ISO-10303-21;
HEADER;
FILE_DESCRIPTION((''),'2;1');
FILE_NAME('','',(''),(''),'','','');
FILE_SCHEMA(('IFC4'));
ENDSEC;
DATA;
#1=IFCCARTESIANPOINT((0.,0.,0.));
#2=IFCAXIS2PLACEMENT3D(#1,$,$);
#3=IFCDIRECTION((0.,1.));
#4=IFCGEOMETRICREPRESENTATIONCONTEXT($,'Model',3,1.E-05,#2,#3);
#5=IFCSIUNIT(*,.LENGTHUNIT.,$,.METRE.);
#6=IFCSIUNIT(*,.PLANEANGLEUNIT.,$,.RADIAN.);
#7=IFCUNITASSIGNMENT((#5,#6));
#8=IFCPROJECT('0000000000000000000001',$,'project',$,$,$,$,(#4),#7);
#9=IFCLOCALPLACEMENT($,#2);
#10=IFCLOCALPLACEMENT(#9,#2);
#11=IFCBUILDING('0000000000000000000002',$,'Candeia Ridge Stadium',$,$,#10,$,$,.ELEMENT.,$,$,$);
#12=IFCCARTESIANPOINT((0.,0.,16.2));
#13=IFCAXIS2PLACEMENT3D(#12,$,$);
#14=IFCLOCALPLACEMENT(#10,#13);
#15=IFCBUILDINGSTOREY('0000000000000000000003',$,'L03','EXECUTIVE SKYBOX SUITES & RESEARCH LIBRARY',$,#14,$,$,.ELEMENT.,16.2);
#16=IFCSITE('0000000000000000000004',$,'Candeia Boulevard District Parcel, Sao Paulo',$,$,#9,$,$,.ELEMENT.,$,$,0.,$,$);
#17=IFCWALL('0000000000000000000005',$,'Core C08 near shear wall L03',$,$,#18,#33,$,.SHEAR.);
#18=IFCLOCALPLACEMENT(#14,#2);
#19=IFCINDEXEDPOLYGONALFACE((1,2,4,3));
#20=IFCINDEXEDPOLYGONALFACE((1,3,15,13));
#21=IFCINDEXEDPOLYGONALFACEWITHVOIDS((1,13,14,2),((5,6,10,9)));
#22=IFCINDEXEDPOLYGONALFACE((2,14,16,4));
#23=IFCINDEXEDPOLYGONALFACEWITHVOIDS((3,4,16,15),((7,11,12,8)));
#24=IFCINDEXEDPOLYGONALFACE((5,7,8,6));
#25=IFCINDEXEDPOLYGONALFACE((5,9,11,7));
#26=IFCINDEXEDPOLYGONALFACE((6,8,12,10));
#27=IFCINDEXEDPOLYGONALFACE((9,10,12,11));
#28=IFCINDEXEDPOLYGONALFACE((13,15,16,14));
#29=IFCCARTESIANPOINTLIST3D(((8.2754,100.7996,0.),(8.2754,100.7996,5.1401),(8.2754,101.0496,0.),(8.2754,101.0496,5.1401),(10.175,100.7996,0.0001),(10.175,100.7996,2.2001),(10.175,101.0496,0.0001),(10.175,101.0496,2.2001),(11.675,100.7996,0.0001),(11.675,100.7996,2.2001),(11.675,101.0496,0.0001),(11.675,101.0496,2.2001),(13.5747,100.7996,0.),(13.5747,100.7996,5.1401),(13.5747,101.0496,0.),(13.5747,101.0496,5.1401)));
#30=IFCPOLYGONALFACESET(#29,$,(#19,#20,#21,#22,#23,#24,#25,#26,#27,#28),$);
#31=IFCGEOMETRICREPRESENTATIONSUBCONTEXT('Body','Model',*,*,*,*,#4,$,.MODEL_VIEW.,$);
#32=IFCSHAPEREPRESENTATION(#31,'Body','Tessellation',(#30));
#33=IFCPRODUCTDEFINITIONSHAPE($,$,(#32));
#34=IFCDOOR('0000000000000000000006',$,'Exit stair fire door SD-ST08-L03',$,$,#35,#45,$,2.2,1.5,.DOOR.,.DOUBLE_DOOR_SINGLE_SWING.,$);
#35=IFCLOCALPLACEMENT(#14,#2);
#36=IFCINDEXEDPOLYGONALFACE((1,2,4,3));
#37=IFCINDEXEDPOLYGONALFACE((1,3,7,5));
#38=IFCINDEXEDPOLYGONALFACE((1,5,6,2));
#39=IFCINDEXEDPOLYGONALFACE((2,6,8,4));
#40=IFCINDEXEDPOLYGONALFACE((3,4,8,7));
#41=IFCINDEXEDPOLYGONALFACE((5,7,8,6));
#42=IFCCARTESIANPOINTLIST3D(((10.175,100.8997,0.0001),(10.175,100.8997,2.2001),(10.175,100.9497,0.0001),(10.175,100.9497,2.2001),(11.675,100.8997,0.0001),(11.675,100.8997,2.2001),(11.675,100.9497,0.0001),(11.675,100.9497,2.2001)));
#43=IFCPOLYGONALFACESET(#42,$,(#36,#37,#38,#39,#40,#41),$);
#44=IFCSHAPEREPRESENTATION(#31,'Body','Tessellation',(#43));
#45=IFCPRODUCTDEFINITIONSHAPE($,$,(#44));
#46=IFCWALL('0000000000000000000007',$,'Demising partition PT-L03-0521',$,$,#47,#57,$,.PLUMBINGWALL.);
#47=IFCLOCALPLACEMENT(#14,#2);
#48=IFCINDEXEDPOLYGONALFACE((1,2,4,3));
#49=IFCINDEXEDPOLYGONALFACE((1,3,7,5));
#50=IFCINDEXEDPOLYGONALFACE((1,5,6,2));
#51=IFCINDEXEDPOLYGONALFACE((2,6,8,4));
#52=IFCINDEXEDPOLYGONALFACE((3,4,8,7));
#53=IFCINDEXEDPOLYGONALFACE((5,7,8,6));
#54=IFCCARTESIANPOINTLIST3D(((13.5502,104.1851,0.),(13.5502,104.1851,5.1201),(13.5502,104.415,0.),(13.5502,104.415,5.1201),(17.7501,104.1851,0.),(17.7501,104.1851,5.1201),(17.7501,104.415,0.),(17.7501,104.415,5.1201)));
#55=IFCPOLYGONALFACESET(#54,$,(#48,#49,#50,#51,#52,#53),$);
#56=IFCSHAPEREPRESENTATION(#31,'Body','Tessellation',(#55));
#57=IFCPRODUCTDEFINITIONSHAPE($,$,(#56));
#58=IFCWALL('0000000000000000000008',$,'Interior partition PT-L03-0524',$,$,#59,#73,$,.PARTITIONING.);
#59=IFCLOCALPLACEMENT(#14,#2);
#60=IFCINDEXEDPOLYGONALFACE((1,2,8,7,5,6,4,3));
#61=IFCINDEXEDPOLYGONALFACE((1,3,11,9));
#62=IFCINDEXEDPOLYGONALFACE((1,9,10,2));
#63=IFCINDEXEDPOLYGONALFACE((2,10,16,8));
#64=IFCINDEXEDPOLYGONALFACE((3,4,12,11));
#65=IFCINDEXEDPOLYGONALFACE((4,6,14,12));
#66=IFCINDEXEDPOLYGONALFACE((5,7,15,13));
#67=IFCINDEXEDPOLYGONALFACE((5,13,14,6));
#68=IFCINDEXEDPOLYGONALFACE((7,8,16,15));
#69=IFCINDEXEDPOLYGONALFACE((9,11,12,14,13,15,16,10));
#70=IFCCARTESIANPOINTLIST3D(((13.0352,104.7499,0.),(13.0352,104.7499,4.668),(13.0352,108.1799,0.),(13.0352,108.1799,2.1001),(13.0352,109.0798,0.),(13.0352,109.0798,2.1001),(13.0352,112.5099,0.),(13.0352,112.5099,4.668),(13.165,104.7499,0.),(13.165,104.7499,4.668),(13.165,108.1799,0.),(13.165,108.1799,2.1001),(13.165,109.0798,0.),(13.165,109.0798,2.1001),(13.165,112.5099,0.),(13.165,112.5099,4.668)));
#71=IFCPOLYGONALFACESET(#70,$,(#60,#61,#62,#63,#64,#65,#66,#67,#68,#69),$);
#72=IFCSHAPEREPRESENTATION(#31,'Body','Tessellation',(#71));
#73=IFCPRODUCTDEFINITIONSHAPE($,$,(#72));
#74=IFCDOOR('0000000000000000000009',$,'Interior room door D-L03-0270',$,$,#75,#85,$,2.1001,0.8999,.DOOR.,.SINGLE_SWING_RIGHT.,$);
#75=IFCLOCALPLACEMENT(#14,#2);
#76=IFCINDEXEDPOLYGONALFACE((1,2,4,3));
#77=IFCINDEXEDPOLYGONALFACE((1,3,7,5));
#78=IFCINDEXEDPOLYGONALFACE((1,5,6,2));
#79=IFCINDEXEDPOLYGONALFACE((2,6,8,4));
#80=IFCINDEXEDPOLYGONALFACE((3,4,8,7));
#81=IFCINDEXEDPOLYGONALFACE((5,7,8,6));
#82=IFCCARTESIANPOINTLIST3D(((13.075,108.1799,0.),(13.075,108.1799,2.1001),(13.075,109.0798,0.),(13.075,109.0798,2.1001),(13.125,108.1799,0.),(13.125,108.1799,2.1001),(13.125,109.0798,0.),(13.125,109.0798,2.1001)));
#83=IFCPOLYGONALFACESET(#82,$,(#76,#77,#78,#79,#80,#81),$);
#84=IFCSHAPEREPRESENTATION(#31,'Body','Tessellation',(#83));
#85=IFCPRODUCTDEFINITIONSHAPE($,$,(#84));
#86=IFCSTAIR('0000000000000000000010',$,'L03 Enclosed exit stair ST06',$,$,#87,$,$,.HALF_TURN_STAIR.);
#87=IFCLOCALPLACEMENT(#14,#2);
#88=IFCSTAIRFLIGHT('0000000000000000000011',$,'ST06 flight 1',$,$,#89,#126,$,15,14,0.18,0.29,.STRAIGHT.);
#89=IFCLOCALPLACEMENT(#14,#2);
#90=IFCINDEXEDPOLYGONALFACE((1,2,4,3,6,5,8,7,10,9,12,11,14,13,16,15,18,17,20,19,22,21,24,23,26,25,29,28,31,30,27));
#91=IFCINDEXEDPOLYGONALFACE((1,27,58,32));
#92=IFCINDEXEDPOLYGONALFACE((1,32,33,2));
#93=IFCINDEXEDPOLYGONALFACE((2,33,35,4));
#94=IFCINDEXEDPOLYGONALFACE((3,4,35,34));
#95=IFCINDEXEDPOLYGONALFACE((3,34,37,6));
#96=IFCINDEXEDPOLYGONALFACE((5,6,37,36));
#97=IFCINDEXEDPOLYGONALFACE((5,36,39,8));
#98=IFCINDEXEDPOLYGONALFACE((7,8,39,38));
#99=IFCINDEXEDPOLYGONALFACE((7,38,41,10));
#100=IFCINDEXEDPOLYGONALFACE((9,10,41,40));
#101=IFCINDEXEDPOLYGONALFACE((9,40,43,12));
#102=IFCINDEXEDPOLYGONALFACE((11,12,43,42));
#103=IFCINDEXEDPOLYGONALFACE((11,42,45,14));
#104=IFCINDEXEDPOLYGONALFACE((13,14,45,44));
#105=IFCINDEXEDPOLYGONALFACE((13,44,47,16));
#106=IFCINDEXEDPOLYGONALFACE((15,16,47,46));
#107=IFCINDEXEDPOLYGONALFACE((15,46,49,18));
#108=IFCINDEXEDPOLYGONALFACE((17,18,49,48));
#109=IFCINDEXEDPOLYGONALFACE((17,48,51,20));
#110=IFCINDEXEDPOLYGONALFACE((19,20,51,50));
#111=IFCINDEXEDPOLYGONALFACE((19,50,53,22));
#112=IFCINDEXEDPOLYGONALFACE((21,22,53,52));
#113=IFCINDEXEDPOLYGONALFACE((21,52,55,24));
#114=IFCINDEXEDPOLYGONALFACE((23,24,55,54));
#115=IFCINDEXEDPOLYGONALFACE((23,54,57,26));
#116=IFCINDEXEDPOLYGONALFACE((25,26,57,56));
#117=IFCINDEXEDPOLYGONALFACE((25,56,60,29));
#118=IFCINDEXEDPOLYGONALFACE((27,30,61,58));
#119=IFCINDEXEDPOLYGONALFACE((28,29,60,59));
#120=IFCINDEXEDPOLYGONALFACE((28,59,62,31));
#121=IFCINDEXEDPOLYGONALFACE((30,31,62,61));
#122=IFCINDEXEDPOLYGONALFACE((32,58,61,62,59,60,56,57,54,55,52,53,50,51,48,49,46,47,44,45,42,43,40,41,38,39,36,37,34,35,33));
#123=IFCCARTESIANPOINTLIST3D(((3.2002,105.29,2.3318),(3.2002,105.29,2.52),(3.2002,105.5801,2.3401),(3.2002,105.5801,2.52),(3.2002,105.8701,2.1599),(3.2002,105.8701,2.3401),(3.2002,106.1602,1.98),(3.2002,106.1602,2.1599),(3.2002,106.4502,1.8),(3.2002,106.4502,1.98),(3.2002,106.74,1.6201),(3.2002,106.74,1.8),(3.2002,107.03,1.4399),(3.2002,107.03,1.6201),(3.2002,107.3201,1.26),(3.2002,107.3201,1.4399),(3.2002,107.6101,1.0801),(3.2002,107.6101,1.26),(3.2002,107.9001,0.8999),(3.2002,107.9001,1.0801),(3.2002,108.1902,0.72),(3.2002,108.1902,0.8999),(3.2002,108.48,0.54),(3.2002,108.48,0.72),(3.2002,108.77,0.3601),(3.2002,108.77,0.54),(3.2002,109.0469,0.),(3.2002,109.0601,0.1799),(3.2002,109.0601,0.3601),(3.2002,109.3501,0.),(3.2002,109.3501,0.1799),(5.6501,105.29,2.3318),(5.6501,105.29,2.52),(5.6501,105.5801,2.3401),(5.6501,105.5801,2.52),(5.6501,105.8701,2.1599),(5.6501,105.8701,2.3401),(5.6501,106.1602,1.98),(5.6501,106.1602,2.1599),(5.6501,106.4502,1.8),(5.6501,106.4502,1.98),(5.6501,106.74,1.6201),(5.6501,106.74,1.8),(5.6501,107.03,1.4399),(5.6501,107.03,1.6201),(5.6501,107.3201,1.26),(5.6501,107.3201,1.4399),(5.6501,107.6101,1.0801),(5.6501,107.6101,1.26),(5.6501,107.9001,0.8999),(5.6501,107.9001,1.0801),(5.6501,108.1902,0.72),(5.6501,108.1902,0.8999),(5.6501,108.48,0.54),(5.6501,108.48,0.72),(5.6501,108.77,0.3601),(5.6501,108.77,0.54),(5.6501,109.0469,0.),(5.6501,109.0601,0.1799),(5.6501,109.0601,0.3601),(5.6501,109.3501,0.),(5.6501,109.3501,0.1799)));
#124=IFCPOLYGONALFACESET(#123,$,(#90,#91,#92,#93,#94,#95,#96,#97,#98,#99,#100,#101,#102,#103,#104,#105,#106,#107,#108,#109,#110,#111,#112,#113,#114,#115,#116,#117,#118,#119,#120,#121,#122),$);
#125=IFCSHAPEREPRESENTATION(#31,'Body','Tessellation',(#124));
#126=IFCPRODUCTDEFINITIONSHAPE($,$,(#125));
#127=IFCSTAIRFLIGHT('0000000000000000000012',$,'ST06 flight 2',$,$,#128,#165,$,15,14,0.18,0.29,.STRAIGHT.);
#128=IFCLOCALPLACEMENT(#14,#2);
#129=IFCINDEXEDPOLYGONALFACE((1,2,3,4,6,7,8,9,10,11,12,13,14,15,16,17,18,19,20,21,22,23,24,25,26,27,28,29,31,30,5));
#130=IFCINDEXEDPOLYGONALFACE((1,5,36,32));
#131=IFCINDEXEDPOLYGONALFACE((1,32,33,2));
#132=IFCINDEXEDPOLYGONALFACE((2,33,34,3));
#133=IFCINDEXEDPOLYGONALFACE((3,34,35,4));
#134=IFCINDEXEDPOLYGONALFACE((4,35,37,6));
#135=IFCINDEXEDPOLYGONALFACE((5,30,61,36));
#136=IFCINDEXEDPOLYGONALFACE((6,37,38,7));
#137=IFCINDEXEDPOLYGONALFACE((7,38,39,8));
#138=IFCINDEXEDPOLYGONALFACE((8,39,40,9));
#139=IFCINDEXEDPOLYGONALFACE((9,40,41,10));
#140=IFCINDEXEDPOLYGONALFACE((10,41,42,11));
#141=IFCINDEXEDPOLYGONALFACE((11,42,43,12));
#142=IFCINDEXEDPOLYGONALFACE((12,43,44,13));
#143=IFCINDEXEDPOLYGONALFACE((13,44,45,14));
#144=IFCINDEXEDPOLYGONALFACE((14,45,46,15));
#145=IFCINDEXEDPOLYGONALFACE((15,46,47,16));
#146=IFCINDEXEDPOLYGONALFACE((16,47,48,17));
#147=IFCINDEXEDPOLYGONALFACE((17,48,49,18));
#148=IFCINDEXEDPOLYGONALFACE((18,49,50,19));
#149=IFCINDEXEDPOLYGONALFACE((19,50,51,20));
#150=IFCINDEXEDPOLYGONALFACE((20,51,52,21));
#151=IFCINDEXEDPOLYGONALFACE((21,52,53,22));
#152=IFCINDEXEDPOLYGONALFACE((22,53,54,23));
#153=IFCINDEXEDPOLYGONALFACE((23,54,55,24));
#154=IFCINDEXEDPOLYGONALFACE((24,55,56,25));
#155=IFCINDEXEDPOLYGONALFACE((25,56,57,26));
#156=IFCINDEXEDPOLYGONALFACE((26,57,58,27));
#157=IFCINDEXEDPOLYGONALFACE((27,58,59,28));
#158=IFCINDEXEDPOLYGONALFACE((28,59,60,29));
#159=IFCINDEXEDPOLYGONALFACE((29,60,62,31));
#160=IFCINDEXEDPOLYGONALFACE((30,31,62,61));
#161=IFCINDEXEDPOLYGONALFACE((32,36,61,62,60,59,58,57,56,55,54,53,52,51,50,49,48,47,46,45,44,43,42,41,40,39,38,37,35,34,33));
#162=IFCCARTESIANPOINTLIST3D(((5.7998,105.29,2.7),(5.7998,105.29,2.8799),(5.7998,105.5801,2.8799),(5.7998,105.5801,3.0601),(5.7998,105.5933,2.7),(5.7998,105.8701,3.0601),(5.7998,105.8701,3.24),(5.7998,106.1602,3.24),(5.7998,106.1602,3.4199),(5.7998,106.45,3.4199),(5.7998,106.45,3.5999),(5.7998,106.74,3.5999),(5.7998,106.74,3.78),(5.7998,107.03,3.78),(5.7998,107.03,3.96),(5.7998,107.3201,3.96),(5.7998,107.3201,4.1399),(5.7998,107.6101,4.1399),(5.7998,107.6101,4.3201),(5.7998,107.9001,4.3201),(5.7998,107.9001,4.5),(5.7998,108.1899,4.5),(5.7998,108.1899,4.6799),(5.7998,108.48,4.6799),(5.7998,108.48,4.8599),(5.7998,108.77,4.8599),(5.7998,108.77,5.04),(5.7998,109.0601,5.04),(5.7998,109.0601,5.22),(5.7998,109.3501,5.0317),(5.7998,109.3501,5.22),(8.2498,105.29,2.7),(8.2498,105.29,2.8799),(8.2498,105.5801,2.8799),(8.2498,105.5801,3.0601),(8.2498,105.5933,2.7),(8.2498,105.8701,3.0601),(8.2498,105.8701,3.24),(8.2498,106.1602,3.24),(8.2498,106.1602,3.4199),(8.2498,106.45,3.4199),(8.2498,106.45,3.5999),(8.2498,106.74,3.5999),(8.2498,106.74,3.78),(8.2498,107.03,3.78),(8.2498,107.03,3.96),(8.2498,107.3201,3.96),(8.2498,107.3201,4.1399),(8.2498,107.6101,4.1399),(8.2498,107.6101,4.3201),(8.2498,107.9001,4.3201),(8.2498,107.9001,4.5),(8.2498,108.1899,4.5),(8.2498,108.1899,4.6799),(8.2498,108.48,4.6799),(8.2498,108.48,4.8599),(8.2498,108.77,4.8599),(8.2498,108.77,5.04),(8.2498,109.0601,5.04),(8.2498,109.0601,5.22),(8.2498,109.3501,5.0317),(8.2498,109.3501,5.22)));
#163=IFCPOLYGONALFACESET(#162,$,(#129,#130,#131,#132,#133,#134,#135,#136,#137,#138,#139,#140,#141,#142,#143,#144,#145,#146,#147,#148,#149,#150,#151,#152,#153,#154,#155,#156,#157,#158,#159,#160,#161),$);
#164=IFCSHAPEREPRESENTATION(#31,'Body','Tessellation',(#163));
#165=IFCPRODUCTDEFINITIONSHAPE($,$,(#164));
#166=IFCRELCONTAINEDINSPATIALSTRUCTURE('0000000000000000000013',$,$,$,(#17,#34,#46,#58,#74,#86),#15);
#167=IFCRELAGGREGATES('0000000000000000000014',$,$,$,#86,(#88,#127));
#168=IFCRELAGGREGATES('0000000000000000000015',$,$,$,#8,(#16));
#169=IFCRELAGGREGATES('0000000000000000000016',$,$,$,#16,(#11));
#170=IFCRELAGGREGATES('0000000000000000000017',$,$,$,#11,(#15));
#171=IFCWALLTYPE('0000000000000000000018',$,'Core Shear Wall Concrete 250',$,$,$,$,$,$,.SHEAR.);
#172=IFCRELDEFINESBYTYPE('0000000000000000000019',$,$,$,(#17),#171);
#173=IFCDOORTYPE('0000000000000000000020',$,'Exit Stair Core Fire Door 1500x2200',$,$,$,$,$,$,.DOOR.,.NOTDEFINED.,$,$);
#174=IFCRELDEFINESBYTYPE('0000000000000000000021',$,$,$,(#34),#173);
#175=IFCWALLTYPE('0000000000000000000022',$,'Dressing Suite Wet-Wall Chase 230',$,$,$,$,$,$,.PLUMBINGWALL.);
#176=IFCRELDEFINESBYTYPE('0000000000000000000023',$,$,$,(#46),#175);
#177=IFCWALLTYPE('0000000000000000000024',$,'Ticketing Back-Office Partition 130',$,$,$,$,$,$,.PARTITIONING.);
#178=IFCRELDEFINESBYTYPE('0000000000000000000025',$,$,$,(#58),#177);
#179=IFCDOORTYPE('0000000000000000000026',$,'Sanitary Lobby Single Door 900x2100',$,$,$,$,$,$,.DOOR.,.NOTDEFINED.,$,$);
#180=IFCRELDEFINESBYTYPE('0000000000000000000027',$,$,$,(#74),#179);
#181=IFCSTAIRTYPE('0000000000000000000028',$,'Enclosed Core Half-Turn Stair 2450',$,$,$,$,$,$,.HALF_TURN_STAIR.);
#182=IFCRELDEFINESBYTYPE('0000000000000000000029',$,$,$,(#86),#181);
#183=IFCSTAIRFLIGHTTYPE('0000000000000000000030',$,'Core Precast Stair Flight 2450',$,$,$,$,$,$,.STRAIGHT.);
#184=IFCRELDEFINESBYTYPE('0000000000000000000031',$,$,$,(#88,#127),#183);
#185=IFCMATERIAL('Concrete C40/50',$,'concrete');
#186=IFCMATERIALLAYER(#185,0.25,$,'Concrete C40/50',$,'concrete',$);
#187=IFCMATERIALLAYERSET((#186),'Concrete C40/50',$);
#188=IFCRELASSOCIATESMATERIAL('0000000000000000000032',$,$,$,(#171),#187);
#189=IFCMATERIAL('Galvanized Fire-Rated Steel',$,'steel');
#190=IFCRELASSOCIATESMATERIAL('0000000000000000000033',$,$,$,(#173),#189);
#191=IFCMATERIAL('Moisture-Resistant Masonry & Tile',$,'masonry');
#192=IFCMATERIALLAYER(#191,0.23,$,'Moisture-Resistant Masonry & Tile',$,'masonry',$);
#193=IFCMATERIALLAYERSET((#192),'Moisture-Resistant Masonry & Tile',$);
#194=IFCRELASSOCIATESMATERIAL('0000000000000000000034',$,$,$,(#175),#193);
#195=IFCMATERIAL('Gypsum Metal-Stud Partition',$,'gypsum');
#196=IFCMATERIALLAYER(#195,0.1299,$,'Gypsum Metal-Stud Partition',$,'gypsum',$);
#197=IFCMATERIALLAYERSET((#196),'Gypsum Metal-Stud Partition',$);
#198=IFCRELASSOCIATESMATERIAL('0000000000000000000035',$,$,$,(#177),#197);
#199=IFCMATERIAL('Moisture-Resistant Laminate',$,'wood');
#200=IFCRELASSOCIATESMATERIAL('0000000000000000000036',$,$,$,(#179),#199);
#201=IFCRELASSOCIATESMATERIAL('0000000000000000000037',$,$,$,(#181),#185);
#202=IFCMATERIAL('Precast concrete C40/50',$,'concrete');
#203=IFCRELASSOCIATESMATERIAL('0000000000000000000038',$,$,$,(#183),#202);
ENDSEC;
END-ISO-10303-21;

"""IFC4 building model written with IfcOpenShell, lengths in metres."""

from ifc_helpers import new_model, si_unit, direction, frame, frame_2d, origin, place, context, subcontext, project, spatial, polyline, rectangle, outline, extrude, material, layer, layer_set, type_object, element, fill, aggregate, save


model = new_model("IFC4")

# Units and contexts
model_context = context("Model", 3, precision=1e-05, world=origin(), true_north=direction((0.0, 1.0)))
body_context = subcontext(model_context, "Body", "Model", "MODEL_VIEW")
ifc_project = project(units=[si_unit("LENGTHUNIT", "METRE"), si_unit("PLANEANGLEUNIT", "RADIAN")], contexts=[model_context])

# Site, building, storey
site_placement = place(None, origin())
site = spatial("IfcSite", under=ifc_project, at=site_placement, Name="Candeia Boulevard District Parcel, Sao Paulo", CompositionType="ELEMENT", RefElevation=0.0)
building_placement = place(site_placement, origin())
building = spatial("IfcBuilding", under=site, at=building_placement, Name="Candeia Ridge Stadium", CompositionType="ELEMENT")
storey_placement = place(building_placement, frame((0.0, 0.0, 16.2)))
storey = spatial("IfcBuildingStorey", under=building, at=storey_placement, Name="L03", Description="EXECUTIVE SKYBOX SUITES & RESEARCH LIBRARY", CompositionType="ELEMENT", Elevation=16.2)

# Shared definitions
ifc_material_1 = material(Name="Concrete C40/50", Category="concrete")

# Shared definitions
ifc_material_2 = material(Name="Gypsum Metal-Stud Partition", Category="gypsum")
ifc_layer_1 = layer(ifc_material_1, 0.25, Name="Concrete C40/50", Category="concrete")
ifc_layer_set_1 = layer_set([ifc_layer_1], Name="Concrete C40/50")
wall_type_1 = type_object("IfcWallType", Name="Core Shear Wall Concrete 250", PredefinedType="SHEAR", material=ifc_layer_set_1)

# Wall, opening, door
wall_1_placement = place(storey_placement, frame((13.5747, 100.9246, 0.0), z_axis=(0.0, 0.0, 1.0), x_axis=(-1.0, 0.0, 0.0)))
wall_1 = element("IfcWall", 1, at=wall_1_placement, inside=storey, type_object=wall_type_1, Name="Core C08 near shear wall L03", PredefinedType="SHEAR", context=body_context, shape_type="SweptSolid", body=[
    extrude(rectangle(XDim=5.2993, YDim=0.25, at=frame_2d((2.6497, 0.0))), origin(), (0.0, 0.0, 1.0), 5.1401),
])
opening_1_placement = place(wall_1_placement, frame((1.8997, 0.0, 0.0)))
opening_1 = element("IfcOpeningElement", 2, at=opening_1_placement, cuts=wall_1, PredefinedType="OPENING", context=body_context, shape_type="SweptSolid", body=[
    extrude(rectangle(XDim=1.5, YDim=2.2, at=frame_2d((0.75, 1.1001))), frame((0.0, 0.135, 0.0), z_axis=(0.0, -1.0, 0.0), x_axis=(1.0, 0.0, 0.0)), (0.0, 0.0, 1.0), 0.27),
])
ifc_material_3 = material(Name="Galvanized Fire-Rated Steel", Category="steel")
door_type_1 = type_object("IfcDoorType", Name="Exit Stair Core Fire Door 1500x2200", OperationType="NOTDEFINED", PredefinedType="DOOR", material=ifc_material_3)
door_1_placement = place(opening_1_placement, origin())
door_1 = element("IfcDoor", 3, at=door_1_placement, inside=storey, type_object=door_type_1, Name="Exit stair fire door SD-ST08-L03", OperationType="DOUBLE_DOOR_SINGLE_SWING", OverallHeight=2.2, OverallWidth=1.5, PredefinedType="DOOR", context=body_context, shape_type="SweptSolid", body=[
    extrude(rectangle(XDim=1.5, YDim=2.2, at=frame_2d((0.75, 1.1001))), frame((0.0, 0.0249, 0.0), z_axis=(0.0, -1.0, 0.0), x_axis=(1.0, 0.0, 0.0)), (0.0, 0.0, 1.0), 0.05),
])
fill(opening_1, door_1)

# Wall
ifc_material_4 = material(Name="Moisture-Resistant Masonry & Tile", Category="masonry")
ifc_layer_2 = layer(ifc_material_4, 0.23, Name="Moisture-Resistant Masonry & Tile", Category="masonry")
ifc_layer_set_2 = layer_set([ifc_layer_2], Name="Moisture-Resistant Masonry & Tile")
wall_type_2 = type_object("IfcWallType", Name="Dressing Suite Wet-Wall Chase 230", PredefinedType="PLUMBINGWALL", material=ifc_layer_set_2)
wall_2_placement = place(storey_placement, frame((13.55, 104.3, 0.0), z_axis=(0.0, 0.0, 1.0), x_axis=(1.0, 0.0, 0.0)))
element("IfcWall", 4, at=wall_2_placement, inside=storey, type_object=wall_type_2, Name="Demising partition PT-L03-0521", PredefinedType="PLUMBINGWALL", context=body_context, shape_type="SweptSolid", body=[
    extrude(rectangle(XDim=4.2, YDim=0.23, at=frame_2d((2.1001, 0.0))), origin(), (0.0, 0.0, 1.0), 5.1201),
])

# Wall, opening, door
ifc_layer_3 = layer(ifc_material_2, 0.1299, Name="Gypsum Metal-Stud Partition", Category="gypsum")
ifc_layer_set_3 = layer_set([ifc_layer_3], Name="Gypsum Metal-Stud Partition")
wall_type_3 = type_object("IfcWallType", Name="Ticketing Back-Office Partition 130", PredefinedType="PARTITIONING", material=ifc_layer_set_3)
wall_3_placement = place(storey_placement, frame((13.1001, 104.75, 0.0), z_axis=(0.0, 0.0, 1.0), x_axis=(0.0, 1.0, 0.0)))
wall_3 = element("IfcWall", 5, at=wall_3_placement, inside=storey, type_object=wall_type_3, Name="Interior partition PT-L03-0524", PredefinedType="PARTITIONING", context=body_context, shape_type="SweptSolid", body=[
    extrude(rectangle(XDim=7.76, YDim=0.1299, at=frame_2d((3.8799, 0.0))), origin(), (0.0, 0.0, 1.0), 4.668),
])
opening_2_placement = place(wall_3_placement, frame((3.4299, 0.0, 0.0)))
opening_2 = element("IfcOpeningElement", 6, at=opening_2_placement, cuts=wall_3, PredefinedType="OPENING", context=body_context, shape_type="SweptSolid", body=[
    extrude(rectangle(XDim=0.8999, YDim=2.1001, at=frame_2d((0.45, 1.05))), frame((0.0, 0.075, 0.0), z_axis=(0.0, -1.0, 0.0), x_axis=(1.0, 0.0, 0.0)), (0.0, 0.0, 1.0), 0.1499),
])
ifc_material_5 = material(Name="Moisture-Resistant Laminate", Category="wood")
door_type_2 = type_object("IfcDoorType", Name="Sanitary Lobby Single Door 900x2100", OperationType="NOTDEFINED", PredefinedType="DOOR", material=ifc_material_5)
door_2_placement = place(opening_2_placement, frame((0.8999, 0.0, 0.0), z_axis=(0.0, 0.0, 1.0), x_axis=(-1.0, 0.0, 0.0)))
door_2 = element("IfcDoor", 7, at=door_2_placement, inside=storey, type_object=door_type_2, Name="Interior room door D-L03-0270", OperationType="SINGLE_SWING_RIGHT", OverallHeight=2.1001, OverallWidth=0.8999, PredefinedType="DOOR", context=body_context, shape_type="SweptSolid", body=[
    extrude(rectangle(XDim=0.8999, YDim=2.1001, at=frame_2d((0.45, 1.05))), frame((0.0, 0.0249, 0.0), z_axis=(0.0, -1.0, 0.0), x_axis=(1.0, 0.0, 0.0)), (0.0, 0.0, 1.0), 0.05),
])
fill(opening_2, door_2)

# Stair, stair flights
stair_type = type_object("IfcStairType", Name="Enclosed Core Half-Turn Stair 2450", PredefinedType="HALF_TURN_STAIR", material=ifc_material_1)
stair_placement = place(storey_placement, origin())
stair = element("IfcStair", 8, at=stair_placement, inside=storey, type_object=stair_type, Name="L03 Enclosed exit stair ST06", PredefinedType="HALF_TURN_STAIR")
ifc_material_6 = material(Name="Precast concrete C40/50", Category="concrete")
stair_flight_type = type_object("IfcStairFlightType", Name="Core Precast Stair Flight 2450", PredefinedType="STRAIGHT", material=ifc_material_6)
stair_flight_1_placement = place(storey_placement, frame((4.425, 109.3501, 0.0), z_axis=(0.0, 0.0, 1.0), x_axis=(0.0, -1.0, 0.0)))
stair_flight_1 = element("IfcStairFlight", 9, at=stair_flight_1_placement, type_object=stair_flight_type, Name="ST06 flight 1", NumberOfRisers=15, NumberOfTreads=14, PredefinedType="STRAIGHT", RiserHeight=0.18, TreadLength=0.29, context=body_context, shape_type="SweptSolid", body=[
    extrude(outline(polyline([(0.0, 0.0), (0.0, 0.1799), (0.29, 0.1799), (0.29, 0.3601), (0.5801, 0.3601), (0.5801, 0.54), (0.8701, 0.54), (0.8701, 0.72), (1.1599, 0.72), (1.1599, 0.8999), (1.45, 0.8999), (1.45, 1.0801), (1.74, 1.0801), (1.74, 1.26), (2.03, 1.26), (2.03, 1.4399), (2.3201, 1.4399), (2.3201, 1.6201), (2.6101, 1.6201), (2.6101, 1.8), (2.8999, 1.8), (2.8999, 1.98), (3.1899, 1.98), (3.1899, 2.1599), (3.48, 2.1599), (3.48, 2.3401), (3.77, 2.3401), (3.77, 2.52), (4.0601, 2.52), (4.0601, 2.7), (4.0601, 2.3318), (0.3032, 0.0), (0.0, 0.0)])), frame((0.0, 1.2251, 0.0), z_axis=(0.0, -1.0, 0.0), x_axis=(1.0, 0.0, 0.0)), (0.0, 0.0, 1.0), 2.45),
])
stair_flight_2_placement = place(storey_placement, frame((7.0249, 105.29, 2.7), z_axis=(0.0, 0.0, 1.0), x_axis=(0.0, 1.0, 0.0)))
stair_flight_2 = element("IfcStairFlight", 10, at=stair_flight_2_placement, type_object=stair_flight_type, Name="ST06 flight 2", NumberOfRisers=15, NumberOfTreads=14, PredefinedType="STRAIGHT", RiserHeight=0.18, TreadLength=0.29, context=body_context, shape_type="SweptSolid", body=[
    extrude(outline(polyline([(0.0, 0.0), (0.0, 0.1799), (0.29, 0.1799), (0.29, 0.3601), (0.5801, 0.3601), (0.5801, 0.54), (0.8701, 0.54), (0.8701, 0.72), (1.1599, 0.72), (1.1599, 0.8999), (1.45, 0.8999), (1.45, 1.0801), (1.74, 1.0801), (1.74, 1.26), (2.03, 1.26), (2.03, 1.4399), (2.3201, 1.4399), (2.3201, 1.6201), (2.6101, 1.6201), (2.6101, 1.8), (2.8999, 1.8), (2.8999, 1.98), (3.1899, 1.98), (3.1899, 2.1599), (3.48, 2.1599), (3.48, 2.3401), (3.77, 2.3401), (3.77, 2.52), (4.0601, 2.52), (4.0601, 2.7), (4.0601, 2.3318), (0.3032, 0.0), (0.0, 0.0)])), frame((0.0, 1.2251, 0.0), z_axis=(0.0, -1.0, 0.0), x_axis=(1.0, 0.0, 0.0)), (0.0, 0.0, 1.0), 2.45),
])
aggregate(stair, [stair_flight_1, stair_flight_2])

save(model, "model.ifc")
